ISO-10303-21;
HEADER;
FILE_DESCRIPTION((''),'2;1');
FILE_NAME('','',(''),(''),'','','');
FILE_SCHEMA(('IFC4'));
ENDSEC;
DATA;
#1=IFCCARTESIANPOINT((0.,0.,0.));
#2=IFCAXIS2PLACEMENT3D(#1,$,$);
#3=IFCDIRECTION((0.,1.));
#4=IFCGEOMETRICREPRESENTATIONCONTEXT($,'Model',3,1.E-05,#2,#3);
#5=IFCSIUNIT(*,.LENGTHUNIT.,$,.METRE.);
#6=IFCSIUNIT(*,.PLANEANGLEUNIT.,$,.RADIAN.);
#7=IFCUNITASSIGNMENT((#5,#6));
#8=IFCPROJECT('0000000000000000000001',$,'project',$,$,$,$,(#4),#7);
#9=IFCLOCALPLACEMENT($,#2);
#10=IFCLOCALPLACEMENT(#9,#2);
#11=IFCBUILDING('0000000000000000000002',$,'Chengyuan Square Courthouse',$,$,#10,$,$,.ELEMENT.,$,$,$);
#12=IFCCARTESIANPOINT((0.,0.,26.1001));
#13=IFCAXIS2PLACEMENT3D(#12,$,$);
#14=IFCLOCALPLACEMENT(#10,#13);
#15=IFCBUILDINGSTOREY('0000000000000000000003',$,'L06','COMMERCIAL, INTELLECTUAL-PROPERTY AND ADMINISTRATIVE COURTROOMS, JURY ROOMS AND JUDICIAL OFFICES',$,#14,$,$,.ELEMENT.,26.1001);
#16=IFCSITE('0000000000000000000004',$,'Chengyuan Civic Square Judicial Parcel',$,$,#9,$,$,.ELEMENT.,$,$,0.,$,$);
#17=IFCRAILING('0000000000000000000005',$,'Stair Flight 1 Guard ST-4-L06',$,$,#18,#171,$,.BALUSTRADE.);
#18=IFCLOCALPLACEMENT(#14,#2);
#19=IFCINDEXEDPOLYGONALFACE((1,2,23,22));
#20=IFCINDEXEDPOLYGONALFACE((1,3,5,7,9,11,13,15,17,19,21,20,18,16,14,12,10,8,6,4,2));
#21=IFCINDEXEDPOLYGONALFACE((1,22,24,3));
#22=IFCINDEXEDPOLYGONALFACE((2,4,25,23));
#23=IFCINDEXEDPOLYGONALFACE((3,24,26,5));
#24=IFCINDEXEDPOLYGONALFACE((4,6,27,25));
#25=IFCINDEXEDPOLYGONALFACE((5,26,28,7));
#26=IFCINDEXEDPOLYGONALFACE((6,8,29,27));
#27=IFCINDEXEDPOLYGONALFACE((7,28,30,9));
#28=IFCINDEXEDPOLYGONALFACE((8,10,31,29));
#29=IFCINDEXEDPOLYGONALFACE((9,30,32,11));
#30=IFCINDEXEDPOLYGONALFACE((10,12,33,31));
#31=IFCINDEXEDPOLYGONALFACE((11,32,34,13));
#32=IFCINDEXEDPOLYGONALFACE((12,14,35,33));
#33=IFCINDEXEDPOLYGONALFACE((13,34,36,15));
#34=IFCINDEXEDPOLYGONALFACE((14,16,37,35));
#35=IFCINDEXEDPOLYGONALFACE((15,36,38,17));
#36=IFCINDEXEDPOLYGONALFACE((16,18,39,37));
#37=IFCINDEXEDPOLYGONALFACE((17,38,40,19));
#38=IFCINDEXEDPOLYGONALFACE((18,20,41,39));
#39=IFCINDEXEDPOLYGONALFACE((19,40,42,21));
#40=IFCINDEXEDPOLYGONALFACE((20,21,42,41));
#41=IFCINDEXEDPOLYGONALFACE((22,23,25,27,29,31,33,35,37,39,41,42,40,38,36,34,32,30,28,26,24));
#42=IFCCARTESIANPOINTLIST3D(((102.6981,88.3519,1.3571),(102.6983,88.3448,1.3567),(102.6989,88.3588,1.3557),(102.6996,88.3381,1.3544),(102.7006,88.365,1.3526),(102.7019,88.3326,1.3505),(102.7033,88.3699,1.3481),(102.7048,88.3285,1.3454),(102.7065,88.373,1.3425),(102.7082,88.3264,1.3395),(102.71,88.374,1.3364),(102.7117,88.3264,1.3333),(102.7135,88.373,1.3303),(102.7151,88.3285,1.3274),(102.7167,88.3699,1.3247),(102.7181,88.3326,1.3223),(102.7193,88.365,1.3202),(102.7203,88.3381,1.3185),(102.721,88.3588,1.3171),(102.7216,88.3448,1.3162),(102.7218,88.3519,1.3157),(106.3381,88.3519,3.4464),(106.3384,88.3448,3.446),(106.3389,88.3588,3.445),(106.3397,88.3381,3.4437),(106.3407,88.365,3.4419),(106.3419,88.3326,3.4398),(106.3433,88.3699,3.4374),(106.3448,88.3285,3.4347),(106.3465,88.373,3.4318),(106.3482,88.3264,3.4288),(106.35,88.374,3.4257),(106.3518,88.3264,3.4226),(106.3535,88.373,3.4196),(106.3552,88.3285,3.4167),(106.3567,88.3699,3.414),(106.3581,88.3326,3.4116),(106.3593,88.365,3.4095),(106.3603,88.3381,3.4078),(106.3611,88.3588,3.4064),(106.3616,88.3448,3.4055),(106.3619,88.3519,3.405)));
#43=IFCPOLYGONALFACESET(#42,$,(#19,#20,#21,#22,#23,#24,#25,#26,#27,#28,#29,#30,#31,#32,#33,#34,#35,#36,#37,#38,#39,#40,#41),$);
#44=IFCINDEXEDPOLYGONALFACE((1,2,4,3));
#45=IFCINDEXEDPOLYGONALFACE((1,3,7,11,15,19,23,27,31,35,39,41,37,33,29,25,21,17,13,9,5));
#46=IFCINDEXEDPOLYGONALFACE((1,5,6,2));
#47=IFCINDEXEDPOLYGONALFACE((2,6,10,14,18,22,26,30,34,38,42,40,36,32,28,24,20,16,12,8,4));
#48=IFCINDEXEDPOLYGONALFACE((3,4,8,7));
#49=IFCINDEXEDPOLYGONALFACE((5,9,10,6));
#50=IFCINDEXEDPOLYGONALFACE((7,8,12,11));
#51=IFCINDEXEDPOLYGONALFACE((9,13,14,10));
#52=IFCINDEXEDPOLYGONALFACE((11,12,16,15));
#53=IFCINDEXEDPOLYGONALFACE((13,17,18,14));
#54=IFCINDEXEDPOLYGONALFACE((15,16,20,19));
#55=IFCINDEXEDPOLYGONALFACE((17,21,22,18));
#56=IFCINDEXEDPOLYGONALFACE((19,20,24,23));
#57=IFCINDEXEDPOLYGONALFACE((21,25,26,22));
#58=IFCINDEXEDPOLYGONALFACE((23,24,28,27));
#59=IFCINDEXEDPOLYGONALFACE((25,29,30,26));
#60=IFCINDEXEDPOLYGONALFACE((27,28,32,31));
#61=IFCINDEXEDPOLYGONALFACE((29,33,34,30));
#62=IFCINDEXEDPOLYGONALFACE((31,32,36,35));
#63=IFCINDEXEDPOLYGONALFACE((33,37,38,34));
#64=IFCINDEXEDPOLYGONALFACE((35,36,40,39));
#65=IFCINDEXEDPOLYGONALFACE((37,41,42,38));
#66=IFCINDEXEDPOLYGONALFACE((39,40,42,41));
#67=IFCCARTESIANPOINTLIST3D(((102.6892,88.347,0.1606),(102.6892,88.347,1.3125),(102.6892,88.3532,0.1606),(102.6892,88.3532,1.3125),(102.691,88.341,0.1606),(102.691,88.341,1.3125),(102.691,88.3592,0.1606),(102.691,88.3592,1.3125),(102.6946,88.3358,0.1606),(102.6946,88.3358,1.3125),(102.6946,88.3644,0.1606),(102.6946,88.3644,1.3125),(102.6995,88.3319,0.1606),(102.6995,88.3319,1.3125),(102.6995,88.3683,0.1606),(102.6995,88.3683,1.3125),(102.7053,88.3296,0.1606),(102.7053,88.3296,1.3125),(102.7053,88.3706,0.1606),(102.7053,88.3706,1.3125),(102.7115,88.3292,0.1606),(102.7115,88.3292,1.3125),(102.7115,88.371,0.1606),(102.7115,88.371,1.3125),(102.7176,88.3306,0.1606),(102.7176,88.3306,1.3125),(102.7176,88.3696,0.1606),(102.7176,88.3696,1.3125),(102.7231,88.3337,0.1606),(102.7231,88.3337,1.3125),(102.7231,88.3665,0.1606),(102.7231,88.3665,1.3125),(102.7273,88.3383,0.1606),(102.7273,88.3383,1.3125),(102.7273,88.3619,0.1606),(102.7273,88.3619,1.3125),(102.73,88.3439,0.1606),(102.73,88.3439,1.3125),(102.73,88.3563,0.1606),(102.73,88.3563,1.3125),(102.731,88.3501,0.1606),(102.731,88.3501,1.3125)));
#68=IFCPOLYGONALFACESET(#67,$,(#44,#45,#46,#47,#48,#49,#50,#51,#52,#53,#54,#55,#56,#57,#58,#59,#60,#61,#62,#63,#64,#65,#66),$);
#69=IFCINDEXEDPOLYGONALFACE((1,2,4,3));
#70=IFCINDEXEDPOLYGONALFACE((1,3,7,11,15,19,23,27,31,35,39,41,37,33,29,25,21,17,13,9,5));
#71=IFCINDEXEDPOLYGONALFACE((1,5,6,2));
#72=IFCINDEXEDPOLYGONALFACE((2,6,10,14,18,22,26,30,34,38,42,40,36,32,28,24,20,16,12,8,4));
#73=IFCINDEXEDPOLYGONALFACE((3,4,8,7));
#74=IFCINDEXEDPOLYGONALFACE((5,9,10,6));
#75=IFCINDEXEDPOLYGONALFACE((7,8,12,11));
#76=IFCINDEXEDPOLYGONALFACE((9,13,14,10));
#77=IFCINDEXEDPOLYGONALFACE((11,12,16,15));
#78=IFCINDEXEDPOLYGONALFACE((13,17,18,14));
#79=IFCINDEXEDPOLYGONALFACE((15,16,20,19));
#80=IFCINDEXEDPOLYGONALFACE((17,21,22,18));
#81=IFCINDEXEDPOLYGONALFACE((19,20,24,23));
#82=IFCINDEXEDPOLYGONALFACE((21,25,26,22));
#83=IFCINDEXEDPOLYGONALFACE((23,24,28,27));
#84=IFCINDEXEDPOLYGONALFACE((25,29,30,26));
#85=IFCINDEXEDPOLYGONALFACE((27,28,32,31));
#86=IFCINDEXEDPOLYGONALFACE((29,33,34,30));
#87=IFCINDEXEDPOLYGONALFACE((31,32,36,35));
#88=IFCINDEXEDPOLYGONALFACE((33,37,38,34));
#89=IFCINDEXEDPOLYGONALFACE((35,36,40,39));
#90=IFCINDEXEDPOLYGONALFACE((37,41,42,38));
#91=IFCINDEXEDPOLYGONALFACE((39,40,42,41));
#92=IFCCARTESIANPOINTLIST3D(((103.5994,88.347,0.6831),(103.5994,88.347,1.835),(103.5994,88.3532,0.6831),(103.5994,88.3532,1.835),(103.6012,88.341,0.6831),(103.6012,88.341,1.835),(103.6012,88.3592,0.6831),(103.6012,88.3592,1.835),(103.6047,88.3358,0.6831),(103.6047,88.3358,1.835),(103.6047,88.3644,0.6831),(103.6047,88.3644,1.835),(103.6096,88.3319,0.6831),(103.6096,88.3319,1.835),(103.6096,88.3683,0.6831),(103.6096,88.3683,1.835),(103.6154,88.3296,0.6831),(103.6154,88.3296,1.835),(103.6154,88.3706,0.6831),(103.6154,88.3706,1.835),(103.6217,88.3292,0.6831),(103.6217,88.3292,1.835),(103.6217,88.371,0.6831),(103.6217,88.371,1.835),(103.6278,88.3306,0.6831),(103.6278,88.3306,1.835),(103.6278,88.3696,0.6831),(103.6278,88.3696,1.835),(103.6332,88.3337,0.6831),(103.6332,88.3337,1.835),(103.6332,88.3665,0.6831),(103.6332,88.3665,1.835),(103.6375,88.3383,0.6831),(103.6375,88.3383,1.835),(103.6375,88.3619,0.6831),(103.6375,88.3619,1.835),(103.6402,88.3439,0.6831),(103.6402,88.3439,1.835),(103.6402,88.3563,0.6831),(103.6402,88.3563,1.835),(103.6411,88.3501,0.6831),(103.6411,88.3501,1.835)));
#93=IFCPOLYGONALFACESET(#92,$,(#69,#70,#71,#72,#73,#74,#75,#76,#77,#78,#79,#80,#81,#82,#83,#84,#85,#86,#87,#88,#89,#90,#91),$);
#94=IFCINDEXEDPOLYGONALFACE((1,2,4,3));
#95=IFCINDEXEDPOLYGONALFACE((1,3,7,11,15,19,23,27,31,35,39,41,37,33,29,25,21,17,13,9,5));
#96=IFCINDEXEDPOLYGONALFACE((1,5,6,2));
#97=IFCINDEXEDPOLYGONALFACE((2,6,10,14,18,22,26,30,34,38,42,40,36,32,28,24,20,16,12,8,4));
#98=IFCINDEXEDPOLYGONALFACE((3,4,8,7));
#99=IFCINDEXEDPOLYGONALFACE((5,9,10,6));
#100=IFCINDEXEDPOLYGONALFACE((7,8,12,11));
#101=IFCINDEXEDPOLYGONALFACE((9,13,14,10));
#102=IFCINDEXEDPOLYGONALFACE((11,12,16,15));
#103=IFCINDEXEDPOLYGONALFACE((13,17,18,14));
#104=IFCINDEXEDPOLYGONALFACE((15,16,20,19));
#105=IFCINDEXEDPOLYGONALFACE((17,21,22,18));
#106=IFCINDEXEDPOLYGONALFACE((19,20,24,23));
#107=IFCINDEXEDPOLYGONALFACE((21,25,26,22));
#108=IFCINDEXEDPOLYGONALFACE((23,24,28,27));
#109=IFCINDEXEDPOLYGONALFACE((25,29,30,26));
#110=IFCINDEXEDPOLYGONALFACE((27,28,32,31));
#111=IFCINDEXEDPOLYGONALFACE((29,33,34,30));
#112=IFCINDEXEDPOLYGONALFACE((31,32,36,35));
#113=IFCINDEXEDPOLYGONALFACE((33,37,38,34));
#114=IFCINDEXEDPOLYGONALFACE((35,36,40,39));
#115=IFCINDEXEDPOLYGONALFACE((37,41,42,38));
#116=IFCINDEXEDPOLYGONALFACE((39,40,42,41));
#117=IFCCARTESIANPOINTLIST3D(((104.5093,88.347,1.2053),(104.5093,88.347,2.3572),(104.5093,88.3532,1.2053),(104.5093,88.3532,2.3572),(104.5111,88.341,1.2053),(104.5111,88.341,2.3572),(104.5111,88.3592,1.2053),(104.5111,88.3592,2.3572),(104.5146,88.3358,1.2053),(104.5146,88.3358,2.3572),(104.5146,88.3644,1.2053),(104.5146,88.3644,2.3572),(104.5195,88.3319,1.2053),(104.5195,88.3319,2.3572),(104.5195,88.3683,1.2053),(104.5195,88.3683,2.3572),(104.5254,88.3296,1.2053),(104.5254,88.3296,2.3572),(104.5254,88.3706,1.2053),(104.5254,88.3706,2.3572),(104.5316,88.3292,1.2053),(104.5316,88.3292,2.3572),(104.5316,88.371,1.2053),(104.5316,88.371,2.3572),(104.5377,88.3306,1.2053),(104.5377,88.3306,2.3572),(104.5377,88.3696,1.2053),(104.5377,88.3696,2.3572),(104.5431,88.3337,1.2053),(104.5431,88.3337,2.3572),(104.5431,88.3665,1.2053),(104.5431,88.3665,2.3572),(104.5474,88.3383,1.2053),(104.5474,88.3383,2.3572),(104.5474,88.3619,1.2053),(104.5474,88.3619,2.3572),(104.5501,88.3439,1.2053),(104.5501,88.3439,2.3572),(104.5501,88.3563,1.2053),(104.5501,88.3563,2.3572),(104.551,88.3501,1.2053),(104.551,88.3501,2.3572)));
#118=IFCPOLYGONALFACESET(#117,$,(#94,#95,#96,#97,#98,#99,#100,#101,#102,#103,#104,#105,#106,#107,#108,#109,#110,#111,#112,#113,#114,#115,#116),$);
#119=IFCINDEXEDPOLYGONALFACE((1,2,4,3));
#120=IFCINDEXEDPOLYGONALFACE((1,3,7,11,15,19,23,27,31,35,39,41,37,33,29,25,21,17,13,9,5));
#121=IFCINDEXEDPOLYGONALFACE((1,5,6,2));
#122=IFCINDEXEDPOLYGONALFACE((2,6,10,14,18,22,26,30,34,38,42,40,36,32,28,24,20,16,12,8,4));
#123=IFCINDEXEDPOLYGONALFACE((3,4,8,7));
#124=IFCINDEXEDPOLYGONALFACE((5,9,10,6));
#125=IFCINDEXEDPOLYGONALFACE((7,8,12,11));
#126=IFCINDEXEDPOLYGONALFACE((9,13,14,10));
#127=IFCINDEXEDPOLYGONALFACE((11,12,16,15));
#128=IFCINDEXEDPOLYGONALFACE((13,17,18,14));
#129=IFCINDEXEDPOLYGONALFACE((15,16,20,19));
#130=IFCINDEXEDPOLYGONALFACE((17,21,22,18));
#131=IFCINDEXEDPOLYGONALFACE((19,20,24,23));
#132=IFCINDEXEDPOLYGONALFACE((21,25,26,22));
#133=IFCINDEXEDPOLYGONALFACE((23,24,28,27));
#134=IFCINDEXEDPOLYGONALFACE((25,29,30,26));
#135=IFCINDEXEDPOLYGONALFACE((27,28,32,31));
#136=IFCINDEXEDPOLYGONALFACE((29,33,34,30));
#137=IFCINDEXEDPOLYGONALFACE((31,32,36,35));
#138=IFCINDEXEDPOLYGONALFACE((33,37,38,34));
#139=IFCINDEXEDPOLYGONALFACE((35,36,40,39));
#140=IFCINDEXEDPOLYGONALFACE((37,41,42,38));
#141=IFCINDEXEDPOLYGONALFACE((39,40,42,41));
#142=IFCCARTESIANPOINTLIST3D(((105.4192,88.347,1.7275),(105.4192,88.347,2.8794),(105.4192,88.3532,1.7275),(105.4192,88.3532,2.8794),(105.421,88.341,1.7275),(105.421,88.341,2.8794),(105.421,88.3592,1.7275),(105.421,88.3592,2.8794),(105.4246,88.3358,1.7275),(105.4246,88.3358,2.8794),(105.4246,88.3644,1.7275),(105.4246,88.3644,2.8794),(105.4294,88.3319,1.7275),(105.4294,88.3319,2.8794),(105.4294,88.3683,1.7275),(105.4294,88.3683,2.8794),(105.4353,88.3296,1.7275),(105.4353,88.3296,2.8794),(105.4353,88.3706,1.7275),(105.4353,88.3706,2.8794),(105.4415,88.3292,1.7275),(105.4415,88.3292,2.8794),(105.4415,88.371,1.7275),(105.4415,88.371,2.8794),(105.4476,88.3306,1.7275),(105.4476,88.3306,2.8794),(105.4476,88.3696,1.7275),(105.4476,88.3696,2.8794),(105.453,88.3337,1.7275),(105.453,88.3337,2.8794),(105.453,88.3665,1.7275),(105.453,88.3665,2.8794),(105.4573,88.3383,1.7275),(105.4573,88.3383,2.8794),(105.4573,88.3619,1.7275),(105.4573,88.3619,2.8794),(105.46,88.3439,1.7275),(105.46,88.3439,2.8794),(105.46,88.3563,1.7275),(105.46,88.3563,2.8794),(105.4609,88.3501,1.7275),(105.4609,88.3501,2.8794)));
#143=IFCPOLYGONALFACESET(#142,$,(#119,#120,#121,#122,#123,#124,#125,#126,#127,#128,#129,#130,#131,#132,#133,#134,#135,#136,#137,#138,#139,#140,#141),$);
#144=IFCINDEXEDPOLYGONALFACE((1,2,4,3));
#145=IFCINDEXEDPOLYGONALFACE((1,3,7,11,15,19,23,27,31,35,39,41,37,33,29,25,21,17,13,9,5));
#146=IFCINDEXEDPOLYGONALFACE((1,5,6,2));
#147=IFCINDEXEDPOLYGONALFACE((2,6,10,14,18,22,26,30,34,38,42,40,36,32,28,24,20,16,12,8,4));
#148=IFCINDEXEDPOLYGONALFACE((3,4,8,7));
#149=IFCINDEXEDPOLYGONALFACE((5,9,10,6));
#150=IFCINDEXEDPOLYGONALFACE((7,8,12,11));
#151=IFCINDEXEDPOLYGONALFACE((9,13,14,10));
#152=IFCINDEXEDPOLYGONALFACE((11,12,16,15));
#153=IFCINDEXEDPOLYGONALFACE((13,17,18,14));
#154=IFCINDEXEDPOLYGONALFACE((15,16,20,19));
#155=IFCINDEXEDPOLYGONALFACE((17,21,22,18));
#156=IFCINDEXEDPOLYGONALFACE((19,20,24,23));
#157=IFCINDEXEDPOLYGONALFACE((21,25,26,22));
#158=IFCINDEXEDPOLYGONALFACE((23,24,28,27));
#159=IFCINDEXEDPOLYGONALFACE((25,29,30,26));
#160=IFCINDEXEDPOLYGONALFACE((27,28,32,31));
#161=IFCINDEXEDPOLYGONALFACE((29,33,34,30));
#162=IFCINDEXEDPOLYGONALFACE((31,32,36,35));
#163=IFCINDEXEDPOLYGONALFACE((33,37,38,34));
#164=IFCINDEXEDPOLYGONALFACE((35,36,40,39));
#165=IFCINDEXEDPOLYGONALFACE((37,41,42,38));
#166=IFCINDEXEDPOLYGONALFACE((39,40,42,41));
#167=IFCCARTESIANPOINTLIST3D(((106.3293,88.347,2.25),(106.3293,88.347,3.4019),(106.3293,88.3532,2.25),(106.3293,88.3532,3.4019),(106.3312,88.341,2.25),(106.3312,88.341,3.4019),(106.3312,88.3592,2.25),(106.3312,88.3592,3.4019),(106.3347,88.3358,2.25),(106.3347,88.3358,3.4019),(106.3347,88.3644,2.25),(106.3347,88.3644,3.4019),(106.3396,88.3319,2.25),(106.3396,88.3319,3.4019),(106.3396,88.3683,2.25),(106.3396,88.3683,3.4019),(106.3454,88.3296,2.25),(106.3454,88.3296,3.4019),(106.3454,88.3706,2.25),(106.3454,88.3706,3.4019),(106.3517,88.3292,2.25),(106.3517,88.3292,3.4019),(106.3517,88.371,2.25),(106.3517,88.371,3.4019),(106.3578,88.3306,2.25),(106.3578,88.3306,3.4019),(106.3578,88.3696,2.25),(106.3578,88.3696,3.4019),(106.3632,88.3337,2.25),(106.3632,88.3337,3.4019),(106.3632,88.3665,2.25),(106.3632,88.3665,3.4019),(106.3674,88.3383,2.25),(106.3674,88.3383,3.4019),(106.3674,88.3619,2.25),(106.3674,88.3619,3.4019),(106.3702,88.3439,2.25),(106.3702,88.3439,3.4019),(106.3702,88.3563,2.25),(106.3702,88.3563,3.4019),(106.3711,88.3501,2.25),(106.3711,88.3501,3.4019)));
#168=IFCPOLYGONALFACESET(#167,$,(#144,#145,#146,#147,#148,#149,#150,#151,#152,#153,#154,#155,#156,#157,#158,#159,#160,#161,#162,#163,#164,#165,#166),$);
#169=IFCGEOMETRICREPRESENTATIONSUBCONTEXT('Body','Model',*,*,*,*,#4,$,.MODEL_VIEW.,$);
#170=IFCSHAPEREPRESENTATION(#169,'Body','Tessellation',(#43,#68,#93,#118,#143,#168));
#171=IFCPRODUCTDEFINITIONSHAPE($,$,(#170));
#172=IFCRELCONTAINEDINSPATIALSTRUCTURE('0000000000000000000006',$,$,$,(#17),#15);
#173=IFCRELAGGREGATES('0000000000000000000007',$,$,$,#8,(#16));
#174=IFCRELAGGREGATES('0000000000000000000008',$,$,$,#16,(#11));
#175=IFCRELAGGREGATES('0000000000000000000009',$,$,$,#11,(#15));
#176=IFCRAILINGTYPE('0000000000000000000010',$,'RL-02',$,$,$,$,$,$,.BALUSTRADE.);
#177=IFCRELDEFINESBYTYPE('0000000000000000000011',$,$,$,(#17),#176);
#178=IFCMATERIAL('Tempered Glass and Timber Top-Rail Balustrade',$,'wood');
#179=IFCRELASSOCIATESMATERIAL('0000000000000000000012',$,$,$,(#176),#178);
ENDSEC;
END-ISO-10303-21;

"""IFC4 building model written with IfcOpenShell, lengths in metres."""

from ifc_helpers import new_model, si_unit, direction, frame, origin, origin_2d, place, context, subcontext, project, spatial, circle, extrude, material, type_object, element, save


model = new_model("IFC4")

# Units and contexts
model_context = context("Model", 3, precision=1e-05, world=origin(), true_north=direction((0.0, 1.0)))
body_context = subcontext(model_context, "Body", "Model", "MODEL_VIEW")
ifc_project = project(units=[si_unit("LENGTHUNIT", "METRE"), si_unit("PLANEANGLEUNIT", "RADIAN")], contexts=[model_context])

# Site, building, storey
site_placement = place(None, origin())
site = spatial("IfcSite", under=ifc_project, at=site_placement, Name="Chengyuan Civic Square Judicial Parcel", CompositionType="ELEMENT", RefElevation=0.0)
building_placement = place(site_placement, origin())
building = spatial("IfcBuilding", under=site, at=building_placement, Name="Chengyuan Square Courthouse", CompositionType="ELEMENT")
storey_placement = place(building_placement, frame((0.0, 0.0, 26.1001)))
storey = spatial("IfcBuildingStorey", under=building, at=storey_placement, Name="L06", Description="COMMERCIAL, INTELLECTUAL-PROPERTY AND ADMINISTRATIVE COURTROOMS, JURY ROOMS AND JUDICIAL OFFICES", CompositionType="ELEMENT", Elevation=26.1001)

# Railing
ifc_material_1 = material(Name="Tempered Glass and Timber Top-Rail Balustrade", Category="wood")
railing_type_1 = type_object("IfcRailingType", Name="RL-02", PredefinedType="BALUSTRADE", material=ifc_material_1)
railing_1_placement = place(storey_placement, frame((102.71, 88.3501, 0.1606)))
element("IfcRailing", 1, at=railing_1_placement, inside=storey, type_object=railing_type_1, Name="Stair Flight 1 Guard ST-4-L06", PredefinedType="BALUSTRADE", context=body_context, shape_type="SweptSolid", body=[
    extrude(circle(Radius=0.0239, at=origin_2d()), frame((0.0, 0.0, 1.1758), z_axis=(0.867289, 0.0, 0.497804), x_axis=(0.0, 1.0, 0.0)), (0.0, 0.0, 1.0), 4.197),
    extrude(circle(Radius=0.021, at=origin_2d()), origin(), (0.0, 0.0, 1.0), 1.1519),
    extrude(circle(Radius=0.021, at=origin_2d()), frame((0.9102, 0.0, 0.5225)), (0.0, 0.0, 1.0), 1.1519),
    extrude(circle(Radius=0.021, at=origin_2d()), frame((1.8201, 0.0, 1.0447)), (0.0, 0.0, 1.0), 1.1519),
    extrude(circle(Radius=0.021, at=origin_2d()), frame((2.73, 0.0, 1.5669)), (0.0, 0.0, 1.0), 1.1519),
    extrude(circle(Radius=0.021, at=origin_2d()), frame((3.6401, 0.0, 2.0894)), (0.0, 0.0, 1.0), 1.1519),
])

save(model, "model.ifc")
